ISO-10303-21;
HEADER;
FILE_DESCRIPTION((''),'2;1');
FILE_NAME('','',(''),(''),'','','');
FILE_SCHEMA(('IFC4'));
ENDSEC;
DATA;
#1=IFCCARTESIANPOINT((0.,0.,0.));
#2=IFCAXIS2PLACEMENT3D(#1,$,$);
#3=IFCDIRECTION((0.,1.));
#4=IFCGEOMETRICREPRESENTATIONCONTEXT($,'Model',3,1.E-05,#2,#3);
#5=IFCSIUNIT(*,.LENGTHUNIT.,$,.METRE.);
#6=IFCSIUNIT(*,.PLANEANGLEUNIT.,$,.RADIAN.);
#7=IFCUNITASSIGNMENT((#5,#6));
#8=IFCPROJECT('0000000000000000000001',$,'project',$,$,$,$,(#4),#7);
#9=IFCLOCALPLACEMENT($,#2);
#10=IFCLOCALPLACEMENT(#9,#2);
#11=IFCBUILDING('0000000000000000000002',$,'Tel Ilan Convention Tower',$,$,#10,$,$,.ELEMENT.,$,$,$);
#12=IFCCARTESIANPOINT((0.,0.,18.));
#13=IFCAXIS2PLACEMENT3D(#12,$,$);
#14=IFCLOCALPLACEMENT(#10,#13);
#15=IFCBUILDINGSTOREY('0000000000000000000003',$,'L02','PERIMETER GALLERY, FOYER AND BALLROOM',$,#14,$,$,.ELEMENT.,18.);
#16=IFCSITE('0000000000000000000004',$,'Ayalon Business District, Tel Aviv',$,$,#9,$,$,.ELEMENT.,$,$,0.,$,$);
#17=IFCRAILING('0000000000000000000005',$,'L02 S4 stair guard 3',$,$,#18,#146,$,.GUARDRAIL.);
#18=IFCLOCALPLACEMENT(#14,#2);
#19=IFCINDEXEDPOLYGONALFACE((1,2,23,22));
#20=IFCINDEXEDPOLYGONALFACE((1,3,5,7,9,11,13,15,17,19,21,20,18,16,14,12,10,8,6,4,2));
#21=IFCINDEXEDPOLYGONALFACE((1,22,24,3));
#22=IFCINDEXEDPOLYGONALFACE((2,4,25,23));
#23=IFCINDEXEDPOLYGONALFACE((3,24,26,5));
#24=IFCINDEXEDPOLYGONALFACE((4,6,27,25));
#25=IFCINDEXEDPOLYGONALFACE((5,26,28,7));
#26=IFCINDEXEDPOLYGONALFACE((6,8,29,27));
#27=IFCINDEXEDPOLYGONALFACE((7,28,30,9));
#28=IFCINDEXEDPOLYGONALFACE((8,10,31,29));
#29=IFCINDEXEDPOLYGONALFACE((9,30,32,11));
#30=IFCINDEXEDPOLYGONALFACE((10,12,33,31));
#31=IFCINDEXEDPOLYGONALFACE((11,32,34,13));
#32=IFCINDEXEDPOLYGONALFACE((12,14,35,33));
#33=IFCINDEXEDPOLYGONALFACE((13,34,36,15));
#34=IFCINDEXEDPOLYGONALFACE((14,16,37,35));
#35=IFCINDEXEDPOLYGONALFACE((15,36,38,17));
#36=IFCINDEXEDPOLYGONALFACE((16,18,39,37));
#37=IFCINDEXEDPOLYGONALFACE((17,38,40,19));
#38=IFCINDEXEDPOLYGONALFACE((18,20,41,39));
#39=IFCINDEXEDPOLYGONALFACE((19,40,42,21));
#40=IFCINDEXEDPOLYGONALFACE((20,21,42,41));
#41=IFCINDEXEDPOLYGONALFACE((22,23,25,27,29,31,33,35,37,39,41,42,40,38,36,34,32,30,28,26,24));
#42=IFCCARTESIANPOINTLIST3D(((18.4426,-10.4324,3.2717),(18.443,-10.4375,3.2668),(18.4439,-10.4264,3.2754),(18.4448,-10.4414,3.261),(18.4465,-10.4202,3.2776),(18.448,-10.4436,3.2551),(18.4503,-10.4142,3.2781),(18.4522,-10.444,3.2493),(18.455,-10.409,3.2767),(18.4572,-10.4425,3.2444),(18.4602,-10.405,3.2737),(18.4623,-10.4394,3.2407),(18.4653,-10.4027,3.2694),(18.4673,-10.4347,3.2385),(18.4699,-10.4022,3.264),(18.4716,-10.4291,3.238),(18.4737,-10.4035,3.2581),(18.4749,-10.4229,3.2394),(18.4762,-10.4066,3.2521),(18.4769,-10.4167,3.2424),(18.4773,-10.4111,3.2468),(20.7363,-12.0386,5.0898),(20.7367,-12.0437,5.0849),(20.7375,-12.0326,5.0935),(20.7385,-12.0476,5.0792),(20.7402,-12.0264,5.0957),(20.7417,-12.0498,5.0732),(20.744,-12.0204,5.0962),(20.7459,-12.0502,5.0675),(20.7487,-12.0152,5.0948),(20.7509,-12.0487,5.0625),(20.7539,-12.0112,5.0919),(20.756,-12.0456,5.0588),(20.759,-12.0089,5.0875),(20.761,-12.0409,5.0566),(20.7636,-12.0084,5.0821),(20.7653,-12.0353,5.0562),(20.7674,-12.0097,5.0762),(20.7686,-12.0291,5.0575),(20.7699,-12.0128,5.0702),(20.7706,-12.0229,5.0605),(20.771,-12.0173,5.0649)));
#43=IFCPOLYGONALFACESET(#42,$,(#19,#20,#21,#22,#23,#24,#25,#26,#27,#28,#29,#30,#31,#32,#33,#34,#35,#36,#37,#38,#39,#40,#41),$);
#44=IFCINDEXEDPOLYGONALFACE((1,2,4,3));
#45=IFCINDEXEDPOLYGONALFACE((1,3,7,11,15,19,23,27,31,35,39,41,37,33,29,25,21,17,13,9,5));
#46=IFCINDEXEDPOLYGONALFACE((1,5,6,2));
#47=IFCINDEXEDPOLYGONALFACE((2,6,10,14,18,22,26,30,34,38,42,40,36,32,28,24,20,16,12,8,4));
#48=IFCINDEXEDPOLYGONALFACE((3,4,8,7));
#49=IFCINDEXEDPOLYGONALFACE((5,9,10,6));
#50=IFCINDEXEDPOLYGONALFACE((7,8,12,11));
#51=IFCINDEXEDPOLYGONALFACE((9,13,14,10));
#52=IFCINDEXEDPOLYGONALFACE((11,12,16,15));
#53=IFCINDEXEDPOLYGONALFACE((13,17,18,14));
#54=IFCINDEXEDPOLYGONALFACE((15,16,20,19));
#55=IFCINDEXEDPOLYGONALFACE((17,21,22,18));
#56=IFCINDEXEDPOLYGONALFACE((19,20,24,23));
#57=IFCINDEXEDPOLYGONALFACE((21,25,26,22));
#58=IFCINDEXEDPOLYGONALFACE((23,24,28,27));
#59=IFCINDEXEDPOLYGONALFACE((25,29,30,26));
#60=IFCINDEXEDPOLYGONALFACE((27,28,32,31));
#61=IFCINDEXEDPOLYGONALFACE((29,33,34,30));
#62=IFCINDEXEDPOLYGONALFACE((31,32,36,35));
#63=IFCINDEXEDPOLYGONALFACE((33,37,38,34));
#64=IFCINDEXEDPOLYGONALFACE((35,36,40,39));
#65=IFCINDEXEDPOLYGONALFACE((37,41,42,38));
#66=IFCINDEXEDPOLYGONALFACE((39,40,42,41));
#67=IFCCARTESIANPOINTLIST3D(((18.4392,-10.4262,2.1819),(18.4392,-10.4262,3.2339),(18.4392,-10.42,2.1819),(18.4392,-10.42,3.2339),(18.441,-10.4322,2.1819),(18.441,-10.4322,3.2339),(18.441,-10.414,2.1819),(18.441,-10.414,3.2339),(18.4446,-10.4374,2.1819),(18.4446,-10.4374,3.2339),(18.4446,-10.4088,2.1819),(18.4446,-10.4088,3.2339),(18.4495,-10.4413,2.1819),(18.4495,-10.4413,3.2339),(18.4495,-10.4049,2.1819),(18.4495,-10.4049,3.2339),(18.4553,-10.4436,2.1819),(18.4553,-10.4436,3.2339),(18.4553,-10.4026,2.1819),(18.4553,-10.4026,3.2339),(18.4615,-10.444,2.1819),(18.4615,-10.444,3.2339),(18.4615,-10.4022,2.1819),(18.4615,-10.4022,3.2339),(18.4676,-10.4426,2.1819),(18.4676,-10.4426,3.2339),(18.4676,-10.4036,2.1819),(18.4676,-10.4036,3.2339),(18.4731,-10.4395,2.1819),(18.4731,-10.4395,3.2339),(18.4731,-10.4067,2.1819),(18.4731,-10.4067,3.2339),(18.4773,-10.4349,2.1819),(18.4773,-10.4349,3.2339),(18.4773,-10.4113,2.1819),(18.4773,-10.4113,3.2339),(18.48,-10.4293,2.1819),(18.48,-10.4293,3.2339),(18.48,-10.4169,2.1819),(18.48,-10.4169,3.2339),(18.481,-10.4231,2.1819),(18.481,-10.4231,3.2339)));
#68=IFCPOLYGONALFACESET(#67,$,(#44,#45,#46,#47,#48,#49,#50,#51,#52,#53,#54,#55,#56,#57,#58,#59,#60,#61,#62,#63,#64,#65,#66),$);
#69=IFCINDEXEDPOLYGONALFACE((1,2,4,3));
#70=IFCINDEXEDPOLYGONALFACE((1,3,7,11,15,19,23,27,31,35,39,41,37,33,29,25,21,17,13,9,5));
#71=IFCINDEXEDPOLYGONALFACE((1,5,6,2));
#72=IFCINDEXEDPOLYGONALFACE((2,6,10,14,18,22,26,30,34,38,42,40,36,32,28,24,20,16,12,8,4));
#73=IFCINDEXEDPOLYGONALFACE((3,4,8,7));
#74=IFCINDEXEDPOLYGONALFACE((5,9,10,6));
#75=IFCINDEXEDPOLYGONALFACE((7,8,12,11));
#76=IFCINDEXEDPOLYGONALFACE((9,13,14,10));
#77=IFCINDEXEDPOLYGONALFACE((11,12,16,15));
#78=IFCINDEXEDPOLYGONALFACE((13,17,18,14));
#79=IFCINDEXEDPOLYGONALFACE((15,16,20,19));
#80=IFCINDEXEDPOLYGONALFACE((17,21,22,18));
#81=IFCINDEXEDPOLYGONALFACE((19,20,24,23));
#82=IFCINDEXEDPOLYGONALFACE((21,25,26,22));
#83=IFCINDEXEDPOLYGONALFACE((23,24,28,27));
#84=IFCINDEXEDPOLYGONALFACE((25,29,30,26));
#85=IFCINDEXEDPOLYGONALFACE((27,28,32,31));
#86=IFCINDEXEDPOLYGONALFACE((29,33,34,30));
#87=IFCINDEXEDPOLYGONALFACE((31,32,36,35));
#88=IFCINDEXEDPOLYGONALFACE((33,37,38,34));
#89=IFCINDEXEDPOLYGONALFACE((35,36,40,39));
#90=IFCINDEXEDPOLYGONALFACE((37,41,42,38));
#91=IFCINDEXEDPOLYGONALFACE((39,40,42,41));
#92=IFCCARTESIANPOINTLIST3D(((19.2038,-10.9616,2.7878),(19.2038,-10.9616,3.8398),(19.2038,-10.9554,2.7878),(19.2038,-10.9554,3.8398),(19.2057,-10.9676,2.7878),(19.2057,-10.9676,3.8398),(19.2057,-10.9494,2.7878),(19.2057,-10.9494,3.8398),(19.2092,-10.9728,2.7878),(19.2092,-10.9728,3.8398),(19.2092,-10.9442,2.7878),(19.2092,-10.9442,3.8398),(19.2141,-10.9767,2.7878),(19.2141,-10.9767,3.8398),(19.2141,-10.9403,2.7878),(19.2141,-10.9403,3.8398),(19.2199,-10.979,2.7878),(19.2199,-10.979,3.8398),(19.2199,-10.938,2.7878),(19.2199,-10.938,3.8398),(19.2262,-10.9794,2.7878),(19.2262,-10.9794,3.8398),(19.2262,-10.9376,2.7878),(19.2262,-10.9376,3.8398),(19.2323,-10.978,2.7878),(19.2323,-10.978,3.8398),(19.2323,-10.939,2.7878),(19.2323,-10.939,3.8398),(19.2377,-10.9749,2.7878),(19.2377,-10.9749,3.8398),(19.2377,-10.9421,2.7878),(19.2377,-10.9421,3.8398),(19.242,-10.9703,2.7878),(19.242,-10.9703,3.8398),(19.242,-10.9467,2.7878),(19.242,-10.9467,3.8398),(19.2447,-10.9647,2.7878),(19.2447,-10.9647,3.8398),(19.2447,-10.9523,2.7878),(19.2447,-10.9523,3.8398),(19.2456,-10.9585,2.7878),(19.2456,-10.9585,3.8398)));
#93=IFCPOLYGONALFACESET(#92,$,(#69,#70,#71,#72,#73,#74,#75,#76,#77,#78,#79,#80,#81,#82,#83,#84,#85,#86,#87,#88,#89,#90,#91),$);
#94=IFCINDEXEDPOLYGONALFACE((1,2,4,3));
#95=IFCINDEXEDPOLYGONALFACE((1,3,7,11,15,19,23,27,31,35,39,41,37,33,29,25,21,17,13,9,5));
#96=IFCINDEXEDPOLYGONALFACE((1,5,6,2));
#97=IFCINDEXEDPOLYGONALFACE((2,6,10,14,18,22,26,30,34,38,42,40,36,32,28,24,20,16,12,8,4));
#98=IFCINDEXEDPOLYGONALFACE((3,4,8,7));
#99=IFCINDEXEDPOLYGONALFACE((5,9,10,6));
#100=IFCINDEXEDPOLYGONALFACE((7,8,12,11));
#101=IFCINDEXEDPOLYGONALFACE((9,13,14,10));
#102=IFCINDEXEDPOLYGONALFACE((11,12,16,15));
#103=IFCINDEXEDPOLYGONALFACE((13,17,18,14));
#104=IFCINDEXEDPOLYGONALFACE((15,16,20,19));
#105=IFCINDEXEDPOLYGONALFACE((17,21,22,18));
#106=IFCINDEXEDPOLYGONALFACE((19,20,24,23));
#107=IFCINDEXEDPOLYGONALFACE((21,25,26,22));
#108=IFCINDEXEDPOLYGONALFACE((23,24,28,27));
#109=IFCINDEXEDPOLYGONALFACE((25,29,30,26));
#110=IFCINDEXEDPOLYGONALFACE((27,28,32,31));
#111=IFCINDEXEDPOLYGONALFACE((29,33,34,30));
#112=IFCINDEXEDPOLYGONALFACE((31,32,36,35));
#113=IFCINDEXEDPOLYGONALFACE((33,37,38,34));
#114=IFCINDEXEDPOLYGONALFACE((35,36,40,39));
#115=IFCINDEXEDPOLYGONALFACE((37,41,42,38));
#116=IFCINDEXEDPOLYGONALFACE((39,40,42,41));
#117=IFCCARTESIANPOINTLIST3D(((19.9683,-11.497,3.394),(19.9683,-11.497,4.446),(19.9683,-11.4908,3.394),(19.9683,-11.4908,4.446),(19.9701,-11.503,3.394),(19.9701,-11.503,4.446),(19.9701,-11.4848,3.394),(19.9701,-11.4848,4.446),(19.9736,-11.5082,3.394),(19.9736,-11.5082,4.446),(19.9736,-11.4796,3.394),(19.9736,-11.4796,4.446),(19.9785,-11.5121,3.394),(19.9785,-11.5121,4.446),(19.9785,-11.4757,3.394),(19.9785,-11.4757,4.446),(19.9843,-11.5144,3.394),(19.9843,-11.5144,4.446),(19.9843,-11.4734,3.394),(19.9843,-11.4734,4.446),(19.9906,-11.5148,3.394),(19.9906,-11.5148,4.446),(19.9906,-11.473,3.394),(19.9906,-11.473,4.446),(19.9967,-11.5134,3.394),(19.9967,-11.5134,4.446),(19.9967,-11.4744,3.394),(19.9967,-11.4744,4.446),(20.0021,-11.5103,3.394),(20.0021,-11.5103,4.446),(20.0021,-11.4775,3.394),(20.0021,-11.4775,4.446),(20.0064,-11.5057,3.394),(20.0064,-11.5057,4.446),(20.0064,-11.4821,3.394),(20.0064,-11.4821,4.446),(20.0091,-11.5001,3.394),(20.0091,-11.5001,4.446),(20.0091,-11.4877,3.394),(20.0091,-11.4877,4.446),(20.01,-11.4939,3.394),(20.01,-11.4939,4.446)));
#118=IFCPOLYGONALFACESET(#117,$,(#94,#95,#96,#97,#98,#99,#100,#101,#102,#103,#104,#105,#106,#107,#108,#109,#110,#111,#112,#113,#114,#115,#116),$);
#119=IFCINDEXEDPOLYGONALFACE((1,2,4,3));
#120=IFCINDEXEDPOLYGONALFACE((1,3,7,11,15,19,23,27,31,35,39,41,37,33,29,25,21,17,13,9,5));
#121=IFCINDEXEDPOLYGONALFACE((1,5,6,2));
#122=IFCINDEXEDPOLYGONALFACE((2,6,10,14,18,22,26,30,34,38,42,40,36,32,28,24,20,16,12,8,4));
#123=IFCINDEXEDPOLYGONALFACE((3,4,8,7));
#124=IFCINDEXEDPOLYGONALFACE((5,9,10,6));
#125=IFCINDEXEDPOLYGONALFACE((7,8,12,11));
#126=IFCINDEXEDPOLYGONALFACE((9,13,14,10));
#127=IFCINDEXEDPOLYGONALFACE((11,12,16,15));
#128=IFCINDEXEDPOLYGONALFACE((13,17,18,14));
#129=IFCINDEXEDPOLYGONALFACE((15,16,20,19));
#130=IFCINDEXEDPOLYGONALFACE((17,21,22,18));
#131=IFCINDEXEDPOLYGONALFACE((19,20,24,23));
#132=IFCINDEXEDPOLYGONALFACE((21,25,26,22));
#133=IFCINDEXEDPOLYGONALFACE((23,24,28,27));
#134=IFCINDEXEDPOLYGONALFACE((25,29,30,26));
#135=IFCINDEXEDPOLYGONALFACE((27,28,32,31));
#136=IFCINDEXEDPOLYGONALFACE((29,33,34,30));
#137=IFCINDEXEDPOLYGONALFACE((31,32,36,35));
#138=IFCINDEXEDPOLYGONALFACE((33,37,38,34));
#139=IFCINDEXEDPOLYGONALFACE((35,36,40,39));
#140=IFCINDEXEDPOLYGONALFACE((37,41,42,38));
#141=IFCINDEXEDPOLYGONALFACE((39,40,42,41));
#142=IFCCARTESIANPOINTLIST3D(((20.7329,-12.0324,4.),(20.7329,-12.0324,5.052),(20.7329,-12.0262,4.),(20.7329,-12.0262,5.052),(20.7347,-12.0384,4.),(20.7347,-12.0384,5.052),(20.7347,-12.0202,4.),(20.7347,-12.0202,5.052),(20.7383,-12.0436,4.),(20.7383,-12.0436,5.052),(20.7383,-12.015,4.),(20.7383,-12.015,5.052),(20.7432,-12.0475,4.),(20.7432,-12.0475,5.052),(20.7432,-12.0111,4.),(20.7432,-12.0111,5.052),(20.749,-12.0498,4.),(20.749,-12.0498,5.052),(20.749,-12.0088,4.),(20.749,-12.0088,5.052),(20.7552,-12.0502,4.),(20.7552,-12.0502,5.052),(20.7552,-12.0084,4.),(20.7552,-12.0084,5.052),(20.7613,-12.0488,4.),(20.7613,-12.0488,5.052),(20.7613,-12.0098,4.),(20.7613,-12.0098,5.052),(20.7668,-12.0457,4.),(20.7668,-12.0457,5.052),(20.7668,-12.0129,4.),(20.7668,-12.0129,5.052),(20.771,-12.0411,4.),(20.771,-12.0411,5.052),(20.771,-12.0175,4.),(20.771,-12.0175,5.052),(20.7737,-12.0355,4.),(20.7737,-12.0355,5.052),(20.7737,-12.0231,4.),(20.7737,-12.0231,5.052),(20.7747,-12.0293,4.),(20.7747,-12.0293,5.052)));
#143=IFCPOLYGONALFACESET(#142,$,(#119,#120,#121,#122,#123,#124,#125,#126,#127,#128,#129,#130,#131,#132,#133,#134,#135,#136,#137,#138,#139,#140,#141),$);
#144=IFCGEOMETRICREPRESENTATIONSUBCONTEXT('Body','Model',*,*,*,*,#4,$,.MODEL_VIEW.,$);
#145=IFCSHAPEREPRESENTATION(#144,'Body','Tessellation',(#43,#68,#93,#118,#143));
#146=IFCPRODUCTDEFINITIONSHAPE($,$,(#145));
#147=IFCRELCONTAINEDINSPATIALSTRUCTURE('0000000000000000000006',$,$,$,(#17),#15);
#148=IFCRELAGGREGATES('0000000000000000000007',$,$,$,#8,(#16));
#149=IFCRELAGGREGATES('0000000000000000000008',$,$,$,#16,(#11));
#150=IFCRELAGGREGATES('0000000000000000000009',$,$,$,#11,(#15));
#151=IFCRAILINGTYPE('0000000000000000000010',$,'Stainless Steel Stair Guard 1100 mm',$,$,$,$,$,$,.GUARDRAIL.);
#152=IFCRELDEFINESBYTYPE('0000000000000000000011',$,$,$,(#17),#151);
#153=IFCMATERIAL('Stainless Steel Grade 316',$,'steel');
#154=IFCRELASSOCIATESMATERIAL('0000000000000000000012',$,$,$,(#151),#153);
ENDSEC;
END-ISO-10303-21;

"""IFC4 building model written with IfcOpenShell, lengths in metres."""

from ifc_helpers import new_model, si_unit, direction, frame, origin, origin_2d, place, context, subcontext, project, spatial, circle, extrude, material, type_object, element, save


model = new_model("IFC4")

# Units and contexts
model_context = context("Model", 3, precision=1e-05, world=origin(), true_north=direction((0.0, 1.0)))
body_context = subcontext(model_context, "Body", "Model", "MODEL_VIEW")
ifc_project = project(units=[si_unit("LENGTHUNIT", "METRE"), si_unit("PLANEANGLEUNIT", "RADIAN")], contexts=[model_context])

# Site, building, storey
site_placement = place(None, origin())
site = spatial("IfcSite", under=ifc_project, at=site_placement, Name="Ayalon Business District, Tel Aviv", CompositionType="ELEMENT", RefElevation=0.0)
building_placement = place(site_placement, origin())
building = spatial("IfcBuilding", under=site, at=building_placement, Name="Tel Ilan Convention Tower", CompositionType="ELEMENT")
storey_placement = place(building_placement, frame((0.0, 0.0, 18.0)))
storey = spatial("IfcBuildingStorey", under=building, at=storey_placement, Name="L02", Description="PERIMETER GALLERY, FOYER AND BALLROOM", CompositionType="ELEMENT", Elevation=18.0)

# Railing
ifc_material_1 = material(Name="Stainless Steel Grade 316", Category="steel")
railing_type = type_object("IfcRailingType", Name="Stainless Steel Stair Guard 1100 mm", PredefinedType="GUARDRAIL", material=ifc_material_1)
railing_1_placement = place(storey_placement, frame((18.46, -10.4231, 2.1819)))
element("IfcRailing", 1, at=railing_1_placement, inside=storey, type_object=railing_type, Name="L02 S4 stair guard 3", PredefinedType="GUARDRAIL", context=body_context, shape_type="SweptSolid", body=[
    extrude(circle(Radius=0.0239, at=origin_2d()), frame((0.0, 0.0, 1.0762), z_axis=(0.687017, -0.481095, 0.544568), x_axis=(0.573609, 0.81913, 0.0)), (0.0, 0.0, 1.0), 3.3386),
    extrude(circle(Radius=0.021, at=origin_2d()), origin(), (0.0, 0.0, 1.0), 1.052),
    extrude(circle(Radius=0.021, at=origin_2d()), frame((0.7646, -0.5354, 0.606)), (0.0, 0.0, 1.0), 1.052),
    extrude(circle(Radius=0.021, at=origin_2d()), frame((1.5291, -1.0708, 1.2122)), (0.0, 0.0, 1.0), 1.052),
    extrude(circle(Radius=0.021, at=origin_2d()), frame((2.2937, -1.6062, 1.8181)), (0.0, 0.0, 1.0), 1.052),
])

save(model, "model.ifc")
